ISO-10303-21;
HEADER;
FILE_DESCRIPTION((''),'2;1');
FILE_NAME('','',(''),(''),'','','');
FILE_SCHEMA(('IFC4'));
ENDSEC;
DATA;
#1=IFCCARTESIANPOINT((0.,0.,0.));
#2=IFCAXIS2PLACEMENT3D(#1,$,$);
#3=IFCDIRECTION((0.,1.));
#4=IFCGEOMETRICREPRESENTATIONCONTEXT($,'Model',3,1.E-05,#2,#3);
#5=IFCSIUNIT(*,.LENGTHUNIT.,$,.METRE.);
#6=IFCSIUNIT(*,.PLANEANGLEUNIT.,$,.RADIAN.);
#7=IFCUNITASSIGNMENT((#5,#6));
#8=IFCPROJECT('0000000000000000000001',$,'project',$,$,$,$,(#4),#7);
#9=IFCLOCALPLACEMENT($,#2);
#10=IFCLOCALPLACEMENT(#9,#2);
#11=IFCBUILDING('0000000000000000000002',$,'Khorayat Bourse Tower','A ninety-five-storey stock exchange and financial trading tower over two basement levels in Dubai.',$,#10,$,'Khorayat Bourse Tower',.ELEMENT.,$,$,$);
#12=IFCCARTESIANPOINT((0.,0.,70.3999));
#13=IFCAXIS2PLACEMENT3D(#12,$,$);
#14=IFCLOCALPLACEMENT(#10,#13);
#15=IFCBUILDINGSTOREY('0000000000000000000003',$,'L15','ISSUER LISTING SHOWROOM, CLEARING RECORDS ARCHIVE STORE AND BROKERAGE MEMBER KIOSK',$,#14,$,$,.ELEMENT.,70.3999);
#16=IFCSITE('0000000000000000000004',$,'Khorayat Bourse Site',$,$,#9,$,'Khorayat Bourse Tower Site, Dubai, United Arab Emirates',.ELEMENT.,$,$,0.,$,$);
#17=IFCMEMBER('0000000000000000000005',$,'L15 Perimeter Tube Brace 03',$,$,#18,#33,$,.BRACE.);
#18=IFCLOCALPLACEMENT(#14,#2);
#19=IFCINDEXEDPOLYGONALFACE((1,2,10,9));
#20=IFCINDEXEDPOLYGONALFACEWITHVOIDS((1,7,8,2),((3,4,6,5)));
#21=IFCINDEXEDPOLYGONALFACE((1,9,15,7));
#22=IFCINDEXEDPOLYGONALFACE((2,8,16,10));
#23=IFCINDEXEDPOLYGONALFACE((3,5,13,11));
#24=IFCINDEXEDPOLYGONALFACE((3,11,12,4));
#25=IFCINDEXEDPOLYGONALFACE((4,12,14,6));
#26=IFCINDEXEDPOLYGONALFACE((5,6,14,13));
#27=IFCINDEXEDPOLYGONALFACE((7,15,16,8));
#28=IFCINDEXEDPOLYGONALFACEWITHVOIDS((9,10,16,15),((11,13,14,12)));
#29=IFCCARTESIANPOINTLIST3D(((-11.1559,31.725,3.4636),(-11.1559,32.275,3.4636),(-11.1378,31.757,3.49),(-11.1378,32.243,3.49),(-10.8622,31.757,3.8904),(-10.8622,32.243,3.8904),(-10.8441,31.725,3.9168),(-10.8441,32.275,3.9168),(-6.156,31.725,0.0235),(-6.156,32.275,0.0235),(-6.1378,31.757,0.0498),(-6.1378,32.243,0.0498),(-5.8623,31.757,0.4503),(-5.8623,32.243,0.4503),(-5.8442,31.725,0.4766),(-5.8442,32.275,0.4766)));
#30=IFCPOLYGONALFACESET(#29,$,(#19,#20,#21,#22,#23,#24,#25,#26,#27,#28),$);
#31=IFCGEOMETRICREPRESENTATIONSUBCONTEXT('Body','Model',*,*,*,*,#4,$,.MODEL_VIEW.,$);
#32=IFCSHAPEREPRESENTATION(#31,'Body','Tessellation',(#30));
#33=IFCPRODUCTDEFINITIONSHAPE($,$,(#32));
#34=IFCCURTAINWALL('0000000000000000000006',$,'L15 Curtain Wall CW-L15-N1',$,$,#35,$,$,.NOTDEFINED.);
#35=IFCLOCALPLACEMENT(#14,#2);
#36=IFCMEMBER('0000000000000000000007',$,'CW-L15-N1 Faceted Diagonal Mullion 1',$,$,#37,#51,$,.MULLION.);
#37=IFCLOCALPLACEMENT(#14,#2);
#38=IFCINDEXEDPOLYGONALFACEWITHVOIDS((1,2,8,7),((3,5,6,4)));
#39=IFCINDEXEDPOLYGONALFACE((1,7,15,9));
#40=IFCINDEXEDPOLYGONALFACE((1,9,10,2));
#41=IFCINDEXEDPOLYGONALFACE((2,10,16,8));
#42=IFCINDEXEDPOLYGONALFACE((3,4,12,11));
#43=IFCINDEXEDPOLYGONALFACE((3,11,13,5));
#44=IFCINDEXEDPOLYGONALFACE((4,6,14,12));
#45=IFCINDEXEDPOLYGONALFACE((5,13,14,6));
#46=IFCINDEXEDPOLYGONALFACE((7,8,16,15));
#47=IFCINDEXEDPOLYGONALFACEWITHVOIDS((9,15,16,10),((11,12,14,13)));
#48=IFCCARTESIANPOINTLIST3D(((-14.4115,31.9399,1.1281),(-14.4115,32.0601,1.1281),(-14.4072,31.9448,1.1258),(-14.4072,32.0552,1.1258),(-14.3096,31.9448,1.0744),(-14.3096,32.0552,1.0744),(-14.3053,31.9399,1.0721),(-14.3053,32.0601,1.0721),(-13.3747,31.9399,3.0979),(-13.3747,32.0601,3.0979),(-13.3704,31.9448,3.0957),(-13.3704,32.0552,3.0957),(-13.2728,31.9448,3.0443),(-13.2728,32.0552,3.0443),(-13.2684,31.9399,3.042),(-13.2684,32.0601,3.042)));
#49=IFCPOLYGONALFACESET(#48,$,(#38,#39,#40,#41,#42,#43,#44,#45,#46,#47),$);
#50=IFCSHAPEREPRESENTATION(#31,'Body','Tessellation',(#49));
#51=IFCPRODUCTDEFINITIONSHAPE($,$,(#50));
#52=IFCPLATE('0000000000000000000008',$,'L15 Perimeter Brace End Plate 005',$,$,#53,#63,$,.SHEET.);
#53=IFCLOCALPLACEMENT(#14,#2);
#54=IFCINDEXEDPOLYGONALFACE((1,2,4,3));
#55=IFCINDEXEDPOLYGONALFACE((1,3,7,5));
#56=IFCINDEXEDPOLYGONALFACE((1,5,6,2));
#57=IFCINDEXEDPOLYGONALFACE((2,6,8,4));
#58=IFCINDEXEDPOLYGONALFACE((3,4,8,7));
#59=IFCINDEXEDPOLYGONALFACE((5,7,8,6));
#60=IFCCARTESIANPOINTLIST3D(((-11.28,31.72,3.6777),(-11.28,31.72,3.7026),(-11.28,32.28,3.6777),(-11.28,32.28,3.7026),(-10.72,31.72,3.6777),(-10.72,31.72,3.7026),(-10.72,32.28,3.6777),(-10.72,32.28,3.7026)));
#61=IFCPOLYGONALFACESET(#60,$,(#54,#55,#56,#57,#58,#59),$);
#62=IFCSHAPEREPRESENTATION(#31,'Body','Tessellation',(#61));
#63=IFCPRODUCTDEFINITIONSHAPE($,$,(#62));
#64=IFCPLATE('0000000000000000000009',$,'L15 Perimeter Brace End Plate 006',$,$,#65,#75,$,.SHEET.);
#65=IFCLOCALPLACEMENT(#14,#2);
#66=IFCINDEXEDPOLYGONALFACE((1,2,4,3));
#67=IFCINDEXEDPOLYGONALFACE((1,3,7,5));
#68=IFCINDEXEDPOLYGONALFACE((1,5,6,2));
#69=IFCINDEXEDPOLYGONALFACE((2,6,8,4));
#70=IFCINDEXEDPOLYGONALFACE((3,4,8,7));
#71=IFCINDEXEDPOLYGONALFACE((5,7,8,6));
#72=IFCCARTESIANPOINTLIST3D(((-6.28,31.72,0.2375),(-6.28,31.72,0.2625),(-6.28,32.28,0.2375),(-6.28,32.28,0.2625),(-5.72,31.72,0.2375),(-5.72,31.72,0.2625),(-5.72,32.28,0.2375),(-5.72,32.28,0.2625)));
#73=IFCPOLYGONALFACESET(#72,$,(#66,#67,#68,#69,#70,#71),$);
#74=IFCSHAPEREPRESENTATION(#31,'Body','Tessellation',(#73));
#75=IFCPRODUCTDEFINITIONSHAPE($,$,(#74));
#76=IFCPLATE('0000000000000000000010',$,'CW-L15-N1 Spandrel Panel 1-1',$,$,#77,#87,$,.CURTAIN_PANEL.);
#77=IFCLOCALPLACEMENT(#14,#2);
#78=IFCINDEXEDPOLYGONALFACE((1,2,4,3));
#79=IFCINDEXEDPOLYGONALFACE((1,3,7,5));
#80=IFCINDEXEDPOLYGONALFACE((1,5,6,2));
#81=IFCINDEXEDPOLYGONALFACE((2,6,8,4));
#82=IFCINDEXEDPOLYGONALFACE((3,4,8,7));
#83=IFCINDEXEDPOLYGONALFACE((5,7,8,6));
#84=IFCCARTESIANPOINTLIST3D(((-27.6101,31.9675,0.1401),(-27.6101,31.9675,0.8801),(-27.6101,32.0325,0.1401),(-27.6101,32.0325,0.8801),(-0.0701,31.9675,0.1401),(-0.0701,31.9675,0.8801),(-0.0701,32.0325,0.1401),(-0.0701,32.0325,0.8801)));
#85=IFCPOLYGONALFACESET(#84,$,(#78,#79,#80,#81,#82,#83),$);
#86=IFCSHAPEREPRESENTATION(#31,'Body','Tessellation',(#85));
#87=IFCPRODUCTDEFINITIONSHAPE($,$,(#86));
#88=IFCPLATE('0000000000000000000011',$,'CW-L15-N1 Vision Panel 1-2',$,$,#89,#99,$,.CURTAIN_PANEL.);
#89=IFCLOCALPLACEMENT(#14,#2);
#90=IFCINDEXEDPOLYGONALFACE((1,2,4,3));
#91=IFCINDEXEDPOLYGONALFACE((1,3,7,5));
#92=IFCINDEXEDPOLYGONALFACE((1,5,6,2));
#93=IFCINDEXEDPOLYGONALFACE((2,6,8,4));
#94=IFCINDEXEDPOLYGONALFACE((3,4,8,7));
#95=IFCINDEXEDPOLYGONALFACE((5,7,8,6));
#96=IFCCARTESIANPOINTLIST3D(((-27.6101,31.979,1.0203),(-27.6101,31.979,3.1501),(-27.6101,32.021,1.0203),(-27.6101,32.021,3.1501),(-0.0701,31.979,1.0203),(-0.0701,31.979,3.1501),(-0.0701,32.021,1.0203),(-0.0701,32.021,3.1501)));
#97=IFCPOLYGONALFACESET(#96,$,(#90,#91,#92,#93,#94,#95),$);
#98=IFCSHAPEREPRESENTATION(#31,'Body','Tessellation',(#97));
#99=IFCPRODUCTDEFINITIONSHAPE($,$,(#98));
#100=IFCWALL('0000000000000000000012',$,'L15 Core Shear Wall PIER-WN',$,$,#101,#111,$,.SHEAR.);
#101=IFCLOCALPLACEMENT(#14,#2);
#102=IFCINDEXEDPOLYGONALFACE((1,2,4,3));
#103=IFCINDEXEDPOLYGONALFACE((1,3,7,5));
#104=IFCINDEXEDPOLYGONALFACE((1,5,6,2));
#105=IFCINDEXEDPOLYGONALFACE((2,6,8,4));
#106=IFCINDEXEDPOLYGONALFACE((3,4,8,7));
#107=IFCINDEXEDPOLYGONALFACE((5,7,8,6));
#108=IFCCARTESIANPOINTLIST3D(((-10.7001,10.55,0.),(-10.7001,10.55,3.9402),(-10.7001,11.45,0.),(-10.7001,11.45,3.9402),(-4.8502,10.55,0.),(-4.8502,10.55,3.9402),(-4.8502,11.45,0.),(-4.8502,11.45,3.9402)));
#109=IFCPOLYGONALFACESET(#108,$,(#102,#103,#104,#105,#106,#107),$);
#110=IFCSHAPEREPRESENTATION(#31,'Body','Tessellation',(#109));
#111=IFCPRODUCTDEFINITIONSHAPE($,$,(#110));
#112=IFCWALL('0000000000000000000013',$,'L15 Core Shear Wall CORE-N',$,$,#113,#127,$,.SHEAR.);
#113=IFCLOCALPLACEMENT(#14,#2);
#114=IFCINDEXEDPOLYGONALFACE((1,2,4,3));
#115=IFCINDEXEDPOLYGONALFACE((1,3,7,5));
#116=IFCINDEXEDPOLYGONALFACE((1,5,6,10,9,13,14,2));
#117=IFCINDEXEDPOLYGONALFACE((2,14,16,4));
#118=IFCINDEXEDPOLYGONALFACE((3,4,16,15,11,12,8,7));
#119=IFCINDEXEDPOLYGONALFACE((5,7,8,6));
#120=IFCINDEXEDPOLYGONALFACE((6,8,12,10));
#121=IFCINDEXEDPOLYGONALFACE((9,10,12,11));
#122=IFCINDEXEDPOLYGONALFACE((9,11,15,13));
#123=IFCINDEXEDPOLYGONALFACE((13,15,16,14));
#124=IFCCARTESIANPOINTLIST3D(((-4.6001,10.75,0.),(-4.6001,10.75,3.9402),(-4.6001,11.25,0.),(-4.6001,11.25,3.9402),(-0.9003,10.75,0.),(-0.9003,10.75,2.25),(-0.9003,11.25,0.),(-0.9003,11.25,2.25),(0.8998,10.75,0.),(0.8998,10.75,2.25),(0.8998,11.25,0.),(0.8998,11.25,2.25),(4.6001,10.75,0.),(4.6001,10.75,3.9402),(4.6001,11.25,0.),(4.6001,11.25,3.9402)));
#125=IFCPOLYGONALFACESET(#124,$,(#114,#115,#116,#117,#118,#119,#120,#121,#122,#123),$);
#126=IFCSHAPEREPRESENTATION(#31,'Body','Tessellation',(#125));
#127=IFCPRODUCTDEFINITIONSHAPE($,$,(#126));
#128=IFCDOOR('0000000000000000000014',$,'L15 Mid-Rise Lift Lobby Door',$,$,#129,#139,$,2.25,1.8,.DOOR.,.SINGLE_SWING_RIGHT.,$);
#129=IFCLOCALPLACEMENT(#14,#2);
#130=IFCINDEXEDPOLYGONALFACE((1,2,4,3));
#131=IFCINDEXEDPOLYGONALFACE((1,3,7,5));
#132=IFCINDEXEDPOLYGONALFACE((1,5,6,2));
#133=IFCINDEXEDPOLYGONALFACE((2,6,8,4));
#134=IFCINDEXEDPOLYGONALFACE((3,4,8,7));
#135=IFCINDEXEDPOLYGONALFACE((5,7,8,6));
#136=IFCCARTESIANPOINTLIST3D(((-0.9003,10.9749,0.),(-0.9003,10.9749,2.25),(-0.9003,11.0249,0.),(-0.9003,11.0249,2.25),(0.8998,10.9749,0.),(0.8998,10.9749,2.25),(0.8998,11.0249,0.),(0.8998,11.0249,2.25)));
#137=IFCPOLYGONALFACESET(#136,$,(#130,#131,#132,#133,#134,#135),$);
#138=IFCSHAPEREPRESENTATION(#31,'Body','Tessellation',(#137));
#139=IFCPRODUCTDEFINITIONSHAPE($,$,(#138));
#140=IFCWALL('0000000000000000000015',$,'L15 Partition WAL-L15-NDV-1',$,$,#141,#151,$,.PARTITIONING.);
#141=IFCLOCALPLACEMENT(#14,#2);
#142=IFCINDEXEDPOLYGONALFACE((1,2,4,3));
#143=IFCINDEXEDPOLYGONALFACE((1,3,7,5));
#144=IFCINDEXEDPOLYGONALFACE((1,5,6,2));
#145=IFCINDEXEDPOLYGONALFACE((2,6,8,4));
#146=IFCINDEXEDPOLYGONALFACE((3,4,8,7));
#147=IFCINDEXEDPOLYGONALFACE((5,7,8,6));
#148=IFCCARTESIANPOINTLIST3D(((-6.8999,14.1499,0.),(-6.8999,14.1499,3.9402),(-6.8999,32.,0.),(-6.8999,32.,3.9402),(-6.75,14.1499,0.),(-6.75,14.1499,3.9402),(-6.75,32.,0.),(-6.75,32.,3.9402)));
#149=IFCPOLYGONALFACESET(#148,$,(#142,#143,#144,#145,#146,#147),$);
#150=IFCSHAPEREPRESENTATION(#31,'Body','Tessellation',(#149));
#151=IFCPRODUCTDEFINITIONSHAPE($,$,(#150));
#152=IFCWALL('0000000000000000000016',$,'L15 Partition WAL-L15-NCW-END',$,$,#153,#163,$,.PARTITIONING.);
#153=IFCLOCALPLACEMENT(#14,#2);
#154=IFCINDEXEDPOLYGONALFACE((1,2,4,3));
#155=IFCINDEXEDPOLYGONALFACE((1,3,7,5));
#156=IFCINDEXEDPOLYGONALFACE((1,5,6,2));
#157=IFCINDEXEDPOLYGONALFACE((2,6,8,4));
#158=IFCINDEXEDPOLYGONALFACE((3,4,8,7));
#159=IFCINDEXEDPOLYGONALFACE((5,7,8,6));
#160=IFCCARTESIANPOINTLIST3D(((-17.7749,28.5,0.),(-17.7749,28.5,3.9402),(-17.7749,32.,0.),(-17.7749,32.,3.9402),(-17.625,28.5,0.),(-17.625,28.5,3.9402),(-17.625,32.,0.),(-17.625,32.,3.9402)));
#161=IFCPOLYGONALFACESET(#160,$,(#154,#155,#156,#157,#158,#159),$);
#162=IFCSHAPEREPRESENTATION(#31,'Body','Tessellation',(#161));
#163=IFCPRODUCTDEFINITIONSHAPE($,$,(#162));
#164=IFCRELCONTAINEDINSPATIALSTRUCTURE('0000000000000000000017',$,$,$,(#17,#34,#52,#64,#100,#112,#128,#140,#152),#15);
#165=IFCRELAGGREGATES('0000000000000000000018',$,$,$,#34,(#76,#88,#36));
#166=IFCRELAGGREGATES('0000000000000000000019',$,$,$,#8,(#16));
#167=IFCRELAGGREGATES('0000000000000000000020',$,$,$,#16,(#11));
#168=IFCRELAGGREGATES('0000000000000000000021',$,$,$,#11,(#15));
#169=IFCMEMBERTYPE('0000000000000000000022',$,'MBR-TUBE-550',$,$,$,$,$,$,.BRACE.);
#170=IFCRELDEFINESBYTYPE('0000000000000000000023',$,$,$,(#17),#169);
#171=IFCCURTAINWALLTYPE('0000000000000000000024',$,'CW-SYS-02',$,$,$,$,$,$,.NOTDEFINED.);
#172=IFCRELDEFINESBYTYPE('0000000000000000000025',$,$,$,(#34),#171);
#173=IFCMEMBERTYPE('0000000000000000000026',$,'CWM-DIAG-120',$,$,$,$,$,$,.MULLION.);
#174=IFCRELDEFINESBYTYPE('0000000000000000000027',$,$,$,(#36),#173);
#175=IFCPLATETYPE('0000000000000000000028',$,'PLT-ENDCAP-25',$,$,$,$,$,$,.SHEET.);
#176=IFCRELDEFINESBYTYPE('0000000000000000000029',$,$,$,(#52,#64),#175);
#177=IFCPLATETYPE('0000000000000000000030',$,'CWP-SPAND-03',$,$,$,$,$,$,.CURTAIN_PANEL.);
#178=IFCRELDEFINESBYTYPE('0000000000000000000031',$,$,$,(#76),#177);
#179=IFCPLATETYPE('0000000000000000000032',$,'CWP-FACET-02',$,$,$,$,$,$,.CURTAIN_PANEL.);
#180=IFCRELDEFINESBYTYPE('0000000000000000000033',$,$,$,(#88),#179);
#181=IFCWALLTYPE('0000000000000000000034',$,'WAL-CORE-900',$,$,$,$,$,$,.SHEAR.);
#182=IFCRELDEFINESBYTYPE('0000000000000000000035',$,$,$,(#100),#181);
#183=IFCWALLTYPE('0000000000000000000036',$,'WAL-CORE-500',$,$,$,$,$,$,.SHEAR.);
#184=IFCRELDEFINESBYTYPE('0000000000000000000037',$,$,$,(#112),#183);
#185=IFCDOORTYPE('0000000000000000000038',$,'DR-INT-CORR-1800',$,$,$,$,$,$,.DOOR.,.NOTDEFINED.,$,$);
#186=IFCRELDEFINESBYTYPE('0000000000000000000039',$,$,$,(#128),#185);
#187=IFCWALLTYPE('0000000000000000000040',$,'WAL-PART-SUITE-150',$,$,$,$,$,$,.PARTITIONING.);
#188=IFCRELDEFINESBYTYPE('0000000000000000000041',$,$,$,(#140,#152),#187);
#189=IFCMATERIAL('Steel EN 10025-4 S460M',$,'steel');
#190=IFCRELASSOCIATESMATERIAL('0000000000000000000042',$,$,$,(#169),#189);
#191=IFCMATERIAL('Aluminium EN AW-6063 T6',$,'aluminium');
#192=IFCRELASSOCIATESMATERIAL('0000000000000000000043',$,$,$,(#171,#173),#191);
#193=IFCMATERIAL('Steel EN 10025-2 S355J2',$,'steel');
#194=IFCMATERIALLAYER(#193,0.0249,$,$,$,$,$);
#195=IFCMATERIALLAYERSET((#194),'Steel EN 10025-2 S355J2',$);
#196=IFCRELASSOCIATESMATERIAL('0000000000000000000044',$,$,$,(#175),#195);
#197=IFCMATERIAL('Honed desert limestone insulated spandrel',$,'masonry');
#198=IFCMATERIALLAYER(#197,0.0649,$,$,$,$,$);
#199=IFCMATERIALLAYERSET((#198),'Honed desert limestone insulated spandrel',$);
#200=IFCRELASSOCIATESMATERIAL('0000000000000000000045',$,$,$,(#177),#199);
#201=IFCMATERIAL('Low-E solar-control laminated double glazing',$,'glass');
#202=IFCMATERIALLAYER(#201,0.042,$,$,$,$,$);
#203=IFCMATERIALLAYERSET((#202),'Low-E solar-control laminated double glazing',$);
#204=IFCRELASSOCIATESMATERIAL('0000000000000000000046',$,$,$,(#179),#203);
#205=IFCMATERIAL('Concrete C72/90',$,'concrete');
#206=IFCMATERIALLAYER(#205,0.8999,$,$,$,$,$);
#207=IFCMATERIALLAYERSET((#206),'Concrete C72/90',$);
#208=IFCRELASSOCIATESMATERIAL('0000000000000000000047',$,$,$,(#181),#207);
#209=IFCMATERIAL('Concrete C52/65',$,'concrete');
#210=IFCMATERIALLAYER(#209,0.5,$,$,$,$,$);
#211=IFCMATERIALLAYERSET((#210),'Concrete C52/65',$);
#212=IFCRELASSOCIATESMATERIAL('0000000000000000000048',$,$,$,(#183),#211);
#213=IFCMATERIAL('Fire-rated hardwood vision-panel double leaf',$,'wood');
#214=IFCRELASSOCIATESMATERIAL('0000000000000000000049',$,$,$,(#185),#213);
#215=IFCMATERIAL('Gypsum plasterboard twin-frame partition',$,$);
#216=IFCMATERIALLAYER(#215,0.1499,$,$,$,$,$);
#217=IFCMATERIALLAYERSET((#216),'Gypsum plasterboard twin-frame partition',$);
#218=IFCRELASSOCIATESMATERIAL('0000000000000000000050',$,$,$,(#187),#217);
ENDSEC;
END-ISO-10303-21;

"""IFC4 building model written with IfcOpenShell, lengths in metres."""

from ifc_helpers import new_model, si_unit, direction, frame, frame_2d, origin, origin_2d, place, context, subcontext, project, spatial, rectangle, hollow_rectangle, extrude, source, transform, mapped, material, layer, layer_set, material_profile, profile_set, type_object, element, fill, aggregate, save


model = new_model("IFC4")

# Units and contexts
model_context = context("Model", 3, precision=1e-05, world=origin(), true_north=direction((0.0, 1.0)))
body_context = subcontext(model_context, "Body", "Model", "MODEL_VIEW")
ifc_project = project(units=[si_unit("LENGTHUNIT", "METRE"), si_unit("PLANEANGLEUNIT", "RADIAN")], contexts=[model_context])

# Site, building, storey
site_placement = place(None, origin())
site = spatial("IfcSite", under=ifc_project, at=site_placement, Name="Khorayat Bourse Site", LongName="Khorayat Bourse Tower Site, Dubai, United Arab Emirates", CompositionType="ELEMENT", RefElevation=0.0)
building_placement = place(site_placement, origin())
building = spatial("IfcBuilding", under=site, at=building_placement, Name="Khorayat Bourse Tower", Description="A ninety-five-storey stock exchange and financial trading tower over two basement levels in Dubai.", LongName="Khorayat Bourse Tower", CompositionType="ELEMENT")
storey_placement = place(building_placement, frame((0.0, 0.0, 70.3999)))
storey = spatial("IfcBuildingStorey", under=building, at=storey_placement, Name="L15", Description="ISSUER LISTING SHOWROOM, CLEARING RECORDS ARCHIVE STORE AND BROKERAGE MEMBER KIOSK", CompositionType="ELEMENT", Elevation=70.3999)

# Shared definitions
ifc_material_1 = material(Name="Steel EN 10025-4 S460M", Category="steel")
ifc_material_2 = material(Name="Concrete C72/90", Category="concrete")

# Member
ifc_material_profile_1 = material_profile(ifc_material_1, hollow_rectangle(XDim=0.55, YDim=0.55, WallThickness=0.032, at=origin_2d()), Name="HSS 550x550x32")
ifc_profile_set_1 = profile_set([ifc_material_profile_1], Name="Steel EN 10025-4 S460M")
member_type_1 = type_object("IfcMemberType", Name="MBR-TUBE-550", PredefinedType="BRACE", material=ifc_profile_set_1)
shared_shape_1 = source(origin(), body_context, "Body", "SweptSolid", [
    extrude(hollow_rectangle(XDim=0.55, YDim=0.55, WallThickness=0.032, at=origin_2d()), origin(), (0.0, 0.0, 1.0), 6.0691),
])
member_1_placement = place(storey_placement, frame((-11.0, 32.0, 3.6902), z_axis=(0.823835, 0.0, -0.566829), x_axis=(0.0, 1.0, 0.0)))
element("IfcMember", 1, at=member_1_placement, inside=storey, type_object=member_type_1, Name="L15 Perimeter Tube Brace 03", PredefinedType="BRACE", context=body_context, shape_type="MappedRepresentation", body=[
    mapped(shared_shape_1, transform((0.0, 0.0, 0.0), scale=1.0)),
])

# Curtain wall, member
ifc_material_3 = material(Name="Aluminium EN AW-6063 T6", Category="aluminium")
curtain_wall_type = type_object("IfcCurtainWallType", Name="CW-SYS-02", PredefinedType="NOTDEFINED", material=ifc_material_3)
curtain_wall_placement = place(storey_placement, origin())
curtain_wall = element("IfcCurtainWall", 2, at=curtain_wall_placement, inside=storey, type_object=curtain_wall_type, Name="L15 Curtain Wall CW-L15-N1", PredefinedType="NOTDEFINED")
ifc_material_profile_2 = material_profile(ifc_material_3, hollow_rectangle(XDim=0.1201, YDim=0.1201, WallThickness=0.0049, at=origin_2d()), Name="ALU 120x120x5")
ifc_profile_set_2 = profile_set([ifc_material_profile_2], Name="Aluminium EN AW-6063 T6")
member_type_2 = type_object("IfcMemberType", Name="CWM-DIAG-120", PredefinedType="MULLION", material=ifc_profile_set_2)
shared_shape_2 = source(origin(), body_context, "Body", "SweptSolid", [
    extrude(hollow_rectangle(XDim=0.1201, YDim=0.1201, WallThickness=0.0049, at=origin_2d()), origin(), (0.0, 0.0, 1.0), 2.2261),
])
member_2_placement = place(storey_placement, frame((-14.3584, 32.0, 1.1001), z_axis=(0.46576, 0.0, 0.884911), x_axis=(0.0, 1.0, 0.0)))
member_2 = element("IfcMember", 3, at=member_2_placement, type_object=member_type_2, Name="CW-L15-N1 Faceted Diagonal Mullion 1", PredefinedType="MULLION", context=body_context, shape_type="MappedRepresentation", body=[
    mapped(shared_shape_2, transform((0.0, 0.0, 0.0), scale=1.0)),
])

# Plates
ifc_material_4 = material(Name="Steel EN 10025-2 S355J2", Category="steel")
ifc_layer_1 = layer(ifc_material_4, 0.0249)
ifc_layer_set_1 = layer_set([ifc_layer_1], Name="Steel EN 10025-2 S355J2")
plate_type_1 = type_object("IfcPlateType", Name="PLT-ENDCAP-25", PredefinedType="SHEET", material=ifc_layer_set_1)
shared_shape_3 = source(origin(), body_context, "Body", "SweptSolid", [
    extrude(rectangle(XDim=0.5601, YDim=0.5601, at=origin_2d()), origin(), (0.0, 0.0, 1.0), 0.0249),
])
for number, where, z_axis, x_axis, name in (
    (4, (-11.0, 32.0, 3.6777), (0.0, 0.0, 1.0), (1.0, 0.0, 0.0), "L15 Perimeter Brace End Plate 005"),
    (5, (-6.0, 32.0, 0.2375), (0.0, 0.0, 1.0), (1.0, 0.0, 0.0), "L15 Perimeter Brace End Plate 006"),
):
    element("IfcPlate", number, at=place(storey_placement, frame(where, z_axis=z_axis, x_axis=x_axis)), inside=storey, type_object=plate_type_1, Name=name, PredefinedType="SHEET", context=body_context, shape_type="MappedRepresentation", body=[
        mapped(shared_shape_3, transform((0.0, 0.0, 0.0), scale=1.0)),
    ])

# Plates
ifc_material_5 = material(Name="Honed desert limestone insulated spandrel", Category="masonry")
ifc_layer_2 = layer(ifc_material_5, 0.0649)
ifc_layer_set_2 = layer_set([ifc_layer_2], Name="Honed desert limestone insulated spandrel")
plate_type_2 = type_object("IfcPlateType", Name="CWP-SPAND-03", PredefinedType="CURTAIN_PANEL", material=ifc_layer_set_2)
shared_shape_4 = source(origin(), body_context, "Body", "SweptSolid", [
    extrude(rectangle(XDim=27.54, YDim=0.0649, at=origin_2d()), origin(), (0.0, 0.0, 1.0), 0.74),
])
plate_1_placement = place(storey_placement, frame((-13.8401, 32.0, 0.1401), z_axis=(0.0, 0.0, 1.0), x_axis=(1.0, 0.0, 0.0)))
plate_1 = element("IfcPlate", 6, at=plate_1_placement, type_object=plate_type_2, Name="CW-L15-N1 Spandrel Panel 1-1", PredefinedType="CURTAIN_PANEL", context=body_context, shape_type="MappedRepresentation", body=[
    mapped(shared_shape_4, transform((0.0, 0.0, 0.0), scale=1.0)),
])
ifc_material_6 = material(Name="Low-E solar-control laminated double glazing", Category="glass")
ifc_layer_3 = layer(ifc_material_6, 0.042)
ifc_layer_set_3 = layer_set([ifc_layer_3], Name="Low-E solar-control laminated double glazing")
plate_type_3 = type_object("IfcPlateType", Name="CWP-FACET-02", PredefinedType="CURTAIN_PANEL", material=ifc_layer_set_3)
shared_shape_5 = source(origin(), body_context, "Body", "SweptSolid", [
    extrude(rectangle(XDim=27.54, YDim=0.042, at=origin_2d()), origin(), (0.0, 0.0, 1.0), 2.1299),
])
plate_2_placement = place(storey_placement, frame((-13.8401, 32.0, 1.0203), z_axis=(0.0, 0.0, 1.0), x_axis=(1.0, 0.0, 0.0)))
plate_2 = element("IfcPlate", 7, at=plate_2_placement, type_object=plate_type_3, Name="CW-L15-N1 Vision Panel 1-2", PredefinedType="CURTAIN_PANEL", context=body_context, shape_type="MappedRepresentation", body=[
    mapped(shared_shape_5, transform((0.0, 0.0, 0.0), scale=1.0)),
])
aggregate(curtain_wall, [plate_1, plate_2, member_2])

# Wall
ifc_layer_4 = layer(ifc_material_2, 0.8999)
ifc_layer_set_4 = layer_set([ifc_layer_4], Name="Concrete C72/90")
wall_type_1 = type_object("IfcWallType", Name="WAL-CORE-900", PredefinedType="SHEAR", material=ifc_layer_set_4)
shared_shape_6 = source(origin(), body_context, "Body", "SweptSolid", [
    extrude(rectangle(XDim=5.8499, YDim=0.8999, at=frame_2d((2.9248, 0.0))), origin(), (0.0, 0.0, 1.0), 3.9402),
])
wall_1_placement = place(storey_placement, frame((-10.7, 11.0, 0.0), z_axis=(0.0, 0.0, 1.0), x_axis=(1.0, 0.0, 0.0)))
element("IfcWall", 8, at=wall_1_placement, inside=storey, type_object=wall_type_1, Name="L15 Core Shear Wall PIER-WN", PredefinedType="SHEAR", context=body_context, shape_type="MappedRepresentation", body=[
    mapped(shared_shape_6, transform((0.0, 0.0, 0.0), scale=1.0)),
])

# Wall, opening, door
ifc_material_7 = material(Name="Concrete C52/65", Category="concrete")
ifc_layer_5 = layer(ifc_material_7, 0.5)
ifc_layer_set_5 = layer_set([ifc_layer_5], Name="Concrete C52/65")
wall_type_2 = type_object("IfcWallType", Name="WAL-CORE-500", PredefinedType="SHEAR", material=ifc_layer_set_5)
shared_shape_7 = source(origin(), body_context, "Body", "SweptSolid", [
    extrude(rectangle(XDim=9.2002, YDim=0.5, at=frame_2d((4.6001, 0.0))), origin(), (0.0, 0.0, 1.0), 3.9402),
])
wall_2_placement = place(storey_placement, frame((-4.6001, 11.0, 0.0), z_axis=(0.0, 0.0, 1.0), x_axis=(1.0, 0.0, 0.0)))
wall_2 = element("IfcWall", 9, at=wall_2_placement, inside=storey, type_object=wall_type_2, Name="L15 Core Shear Wall CORE-N", PredefinedType="SHEAR", context=body_context, shape_type="MappedRepresentation", body=[
    mapped(shared_shape_7, transform((0.0, 0.0, 0.0), scale=1.0)),
])
shared_shape_8 = source(origin(), body_context, "Body", "SweptSolid", [
    extrude(rectangle(XDim=1.8, YDim=2.25, at=frame_2d((0.8999, 1.125))), frame((0.0, 0.26, 0.0), z_axis=(0.0, -1.0, 0.0), x_axis=(1.0, 0.0, 0.0)), (0.0, 0.0, 1.0), 0.52),
])
opening_1_placement = place(wall_2_placement, frame((3.7, 0.0, 0.0)))
opening_1 = element("IfcOpeningElement", 10, at=opening_1_placement, cuts=wall_2, PredefinedType="OPENING", context=body_context, shape_type="MappedRepresentation", body=[
    mapped(shared_shape_8, transform((0.0, 0.0, 0.0), scale=1.0)),
])
ifc_material_8 = material(Name="Fire-rated hardwood vision-panel double leaf", Category="wood")
door_type_1 = type_object("IfcDoorType", Name="DR-INT-CORR-1800", OperationType="NOTDEFINED", PredefinedType="DOOR", material=ifc_material_8)
shared_shape_9 = source(origin(), body_context, "Body", "SweptSolid", [
    extrude(rectangle(XDim=1.8, YDim=2.25, at=frame_2d((0.8999, 1.125))), frame((0.0, 0.0249, 0.0), z_axis=(0.0, -1.0, 0.0), x_axis=(1.0, 0.0, 0.0)), (0.0, 0.0, 1.0), 0.05),
])
door_1_placement = place(opening_1_placement, origin())
door_1 = element("IfcDoor", 11, at=door_1_placement, inside=storey, type_object=door_type_1, Name="L15 Mid-Rise Lift Lobby Door", OperationType="SINGLE_SWING_RIGHT", OverallHeight=2.25, OverallWidth=1.8, PredefinedType="DOOR", context=body_context, shape_type="MappedRepresentation", body=[
    mapped(shared_shape_9, transform((0.0, 0.0, 0.0), scale=1.0)),
])
fill(opening_1, door_1)

# Walls
ifc_material_9 = material(Name="Gypsum plasterboard twin-frame partition")
ifc_layer_6 = layer(ifc_material_9, 0.1499)
ifc_layer_set_6 = layer_set([ifc_layer_6], Name="Gypsum plasterboard twin-frame partition")
wall_type_3 = type_object("IfcWallType", Name="WAL-PART-SUITE-150", PredefinedType="PARTITIONING", material=ifc_layer_set_6)
shared_shape_10 = source(origin(), body_context, "Body", "SweptSolid", [
    extrude(rectangle(XDim=17.8501, YDim=0.1499, at=frame_2d((8.925, 0.0))), origin(), (0.0, 0.0, 1.0), 3.9402),
])
wall_3_placement = place(storey_placement, frame((-6.825, 14.1499, 0.0), z_axis=(0.0, 0.0, 1.0), x_axis=(0.0, 1.0, 0.0)))
element("IfcWall", 12, at=wall_3_placement, inside=storey, type_object=wall_type_3, Name="L15 Partition WAL-L15-NDV-1", PredefinedType="PARTITIONING", context=body_context, shape_type="MappedRepresentation", body=[
    mapped(shared_shape_10, transform((0.0, 0.0, 0.0), scale=1.0)),
])
shared_shape_11 = source(origin(), body_context, "Body", "SweptSolid", [
    extrude(rectangle(XDim=3.5, YDim=0.1499, at=frame_2d((1.75, 0.0))), origin(), (0.0, 0.0, 1.0), 3.9402),
])
wall_4_placement = place(storey_placement, frame((-17.7, 28.5, 0.0), z_axis=(0.0, 0.0, 1.0), x_axis=(0.0, 1.0, 0.0)))
element("IfcWall", 13, at=wall_4_placement, inside=storey, type_object=wall_type_3, Name="L15 Partition WAL-L15-NCW-END", PredefinedType="PARTITIONING", context=body_context, shape_type="MappedRepresentation", body=[
    mapped(shared_shape_11, transform((0.0, 0.0, 0.0), scale=1.0)),
])

save(model, "model.ifc")
